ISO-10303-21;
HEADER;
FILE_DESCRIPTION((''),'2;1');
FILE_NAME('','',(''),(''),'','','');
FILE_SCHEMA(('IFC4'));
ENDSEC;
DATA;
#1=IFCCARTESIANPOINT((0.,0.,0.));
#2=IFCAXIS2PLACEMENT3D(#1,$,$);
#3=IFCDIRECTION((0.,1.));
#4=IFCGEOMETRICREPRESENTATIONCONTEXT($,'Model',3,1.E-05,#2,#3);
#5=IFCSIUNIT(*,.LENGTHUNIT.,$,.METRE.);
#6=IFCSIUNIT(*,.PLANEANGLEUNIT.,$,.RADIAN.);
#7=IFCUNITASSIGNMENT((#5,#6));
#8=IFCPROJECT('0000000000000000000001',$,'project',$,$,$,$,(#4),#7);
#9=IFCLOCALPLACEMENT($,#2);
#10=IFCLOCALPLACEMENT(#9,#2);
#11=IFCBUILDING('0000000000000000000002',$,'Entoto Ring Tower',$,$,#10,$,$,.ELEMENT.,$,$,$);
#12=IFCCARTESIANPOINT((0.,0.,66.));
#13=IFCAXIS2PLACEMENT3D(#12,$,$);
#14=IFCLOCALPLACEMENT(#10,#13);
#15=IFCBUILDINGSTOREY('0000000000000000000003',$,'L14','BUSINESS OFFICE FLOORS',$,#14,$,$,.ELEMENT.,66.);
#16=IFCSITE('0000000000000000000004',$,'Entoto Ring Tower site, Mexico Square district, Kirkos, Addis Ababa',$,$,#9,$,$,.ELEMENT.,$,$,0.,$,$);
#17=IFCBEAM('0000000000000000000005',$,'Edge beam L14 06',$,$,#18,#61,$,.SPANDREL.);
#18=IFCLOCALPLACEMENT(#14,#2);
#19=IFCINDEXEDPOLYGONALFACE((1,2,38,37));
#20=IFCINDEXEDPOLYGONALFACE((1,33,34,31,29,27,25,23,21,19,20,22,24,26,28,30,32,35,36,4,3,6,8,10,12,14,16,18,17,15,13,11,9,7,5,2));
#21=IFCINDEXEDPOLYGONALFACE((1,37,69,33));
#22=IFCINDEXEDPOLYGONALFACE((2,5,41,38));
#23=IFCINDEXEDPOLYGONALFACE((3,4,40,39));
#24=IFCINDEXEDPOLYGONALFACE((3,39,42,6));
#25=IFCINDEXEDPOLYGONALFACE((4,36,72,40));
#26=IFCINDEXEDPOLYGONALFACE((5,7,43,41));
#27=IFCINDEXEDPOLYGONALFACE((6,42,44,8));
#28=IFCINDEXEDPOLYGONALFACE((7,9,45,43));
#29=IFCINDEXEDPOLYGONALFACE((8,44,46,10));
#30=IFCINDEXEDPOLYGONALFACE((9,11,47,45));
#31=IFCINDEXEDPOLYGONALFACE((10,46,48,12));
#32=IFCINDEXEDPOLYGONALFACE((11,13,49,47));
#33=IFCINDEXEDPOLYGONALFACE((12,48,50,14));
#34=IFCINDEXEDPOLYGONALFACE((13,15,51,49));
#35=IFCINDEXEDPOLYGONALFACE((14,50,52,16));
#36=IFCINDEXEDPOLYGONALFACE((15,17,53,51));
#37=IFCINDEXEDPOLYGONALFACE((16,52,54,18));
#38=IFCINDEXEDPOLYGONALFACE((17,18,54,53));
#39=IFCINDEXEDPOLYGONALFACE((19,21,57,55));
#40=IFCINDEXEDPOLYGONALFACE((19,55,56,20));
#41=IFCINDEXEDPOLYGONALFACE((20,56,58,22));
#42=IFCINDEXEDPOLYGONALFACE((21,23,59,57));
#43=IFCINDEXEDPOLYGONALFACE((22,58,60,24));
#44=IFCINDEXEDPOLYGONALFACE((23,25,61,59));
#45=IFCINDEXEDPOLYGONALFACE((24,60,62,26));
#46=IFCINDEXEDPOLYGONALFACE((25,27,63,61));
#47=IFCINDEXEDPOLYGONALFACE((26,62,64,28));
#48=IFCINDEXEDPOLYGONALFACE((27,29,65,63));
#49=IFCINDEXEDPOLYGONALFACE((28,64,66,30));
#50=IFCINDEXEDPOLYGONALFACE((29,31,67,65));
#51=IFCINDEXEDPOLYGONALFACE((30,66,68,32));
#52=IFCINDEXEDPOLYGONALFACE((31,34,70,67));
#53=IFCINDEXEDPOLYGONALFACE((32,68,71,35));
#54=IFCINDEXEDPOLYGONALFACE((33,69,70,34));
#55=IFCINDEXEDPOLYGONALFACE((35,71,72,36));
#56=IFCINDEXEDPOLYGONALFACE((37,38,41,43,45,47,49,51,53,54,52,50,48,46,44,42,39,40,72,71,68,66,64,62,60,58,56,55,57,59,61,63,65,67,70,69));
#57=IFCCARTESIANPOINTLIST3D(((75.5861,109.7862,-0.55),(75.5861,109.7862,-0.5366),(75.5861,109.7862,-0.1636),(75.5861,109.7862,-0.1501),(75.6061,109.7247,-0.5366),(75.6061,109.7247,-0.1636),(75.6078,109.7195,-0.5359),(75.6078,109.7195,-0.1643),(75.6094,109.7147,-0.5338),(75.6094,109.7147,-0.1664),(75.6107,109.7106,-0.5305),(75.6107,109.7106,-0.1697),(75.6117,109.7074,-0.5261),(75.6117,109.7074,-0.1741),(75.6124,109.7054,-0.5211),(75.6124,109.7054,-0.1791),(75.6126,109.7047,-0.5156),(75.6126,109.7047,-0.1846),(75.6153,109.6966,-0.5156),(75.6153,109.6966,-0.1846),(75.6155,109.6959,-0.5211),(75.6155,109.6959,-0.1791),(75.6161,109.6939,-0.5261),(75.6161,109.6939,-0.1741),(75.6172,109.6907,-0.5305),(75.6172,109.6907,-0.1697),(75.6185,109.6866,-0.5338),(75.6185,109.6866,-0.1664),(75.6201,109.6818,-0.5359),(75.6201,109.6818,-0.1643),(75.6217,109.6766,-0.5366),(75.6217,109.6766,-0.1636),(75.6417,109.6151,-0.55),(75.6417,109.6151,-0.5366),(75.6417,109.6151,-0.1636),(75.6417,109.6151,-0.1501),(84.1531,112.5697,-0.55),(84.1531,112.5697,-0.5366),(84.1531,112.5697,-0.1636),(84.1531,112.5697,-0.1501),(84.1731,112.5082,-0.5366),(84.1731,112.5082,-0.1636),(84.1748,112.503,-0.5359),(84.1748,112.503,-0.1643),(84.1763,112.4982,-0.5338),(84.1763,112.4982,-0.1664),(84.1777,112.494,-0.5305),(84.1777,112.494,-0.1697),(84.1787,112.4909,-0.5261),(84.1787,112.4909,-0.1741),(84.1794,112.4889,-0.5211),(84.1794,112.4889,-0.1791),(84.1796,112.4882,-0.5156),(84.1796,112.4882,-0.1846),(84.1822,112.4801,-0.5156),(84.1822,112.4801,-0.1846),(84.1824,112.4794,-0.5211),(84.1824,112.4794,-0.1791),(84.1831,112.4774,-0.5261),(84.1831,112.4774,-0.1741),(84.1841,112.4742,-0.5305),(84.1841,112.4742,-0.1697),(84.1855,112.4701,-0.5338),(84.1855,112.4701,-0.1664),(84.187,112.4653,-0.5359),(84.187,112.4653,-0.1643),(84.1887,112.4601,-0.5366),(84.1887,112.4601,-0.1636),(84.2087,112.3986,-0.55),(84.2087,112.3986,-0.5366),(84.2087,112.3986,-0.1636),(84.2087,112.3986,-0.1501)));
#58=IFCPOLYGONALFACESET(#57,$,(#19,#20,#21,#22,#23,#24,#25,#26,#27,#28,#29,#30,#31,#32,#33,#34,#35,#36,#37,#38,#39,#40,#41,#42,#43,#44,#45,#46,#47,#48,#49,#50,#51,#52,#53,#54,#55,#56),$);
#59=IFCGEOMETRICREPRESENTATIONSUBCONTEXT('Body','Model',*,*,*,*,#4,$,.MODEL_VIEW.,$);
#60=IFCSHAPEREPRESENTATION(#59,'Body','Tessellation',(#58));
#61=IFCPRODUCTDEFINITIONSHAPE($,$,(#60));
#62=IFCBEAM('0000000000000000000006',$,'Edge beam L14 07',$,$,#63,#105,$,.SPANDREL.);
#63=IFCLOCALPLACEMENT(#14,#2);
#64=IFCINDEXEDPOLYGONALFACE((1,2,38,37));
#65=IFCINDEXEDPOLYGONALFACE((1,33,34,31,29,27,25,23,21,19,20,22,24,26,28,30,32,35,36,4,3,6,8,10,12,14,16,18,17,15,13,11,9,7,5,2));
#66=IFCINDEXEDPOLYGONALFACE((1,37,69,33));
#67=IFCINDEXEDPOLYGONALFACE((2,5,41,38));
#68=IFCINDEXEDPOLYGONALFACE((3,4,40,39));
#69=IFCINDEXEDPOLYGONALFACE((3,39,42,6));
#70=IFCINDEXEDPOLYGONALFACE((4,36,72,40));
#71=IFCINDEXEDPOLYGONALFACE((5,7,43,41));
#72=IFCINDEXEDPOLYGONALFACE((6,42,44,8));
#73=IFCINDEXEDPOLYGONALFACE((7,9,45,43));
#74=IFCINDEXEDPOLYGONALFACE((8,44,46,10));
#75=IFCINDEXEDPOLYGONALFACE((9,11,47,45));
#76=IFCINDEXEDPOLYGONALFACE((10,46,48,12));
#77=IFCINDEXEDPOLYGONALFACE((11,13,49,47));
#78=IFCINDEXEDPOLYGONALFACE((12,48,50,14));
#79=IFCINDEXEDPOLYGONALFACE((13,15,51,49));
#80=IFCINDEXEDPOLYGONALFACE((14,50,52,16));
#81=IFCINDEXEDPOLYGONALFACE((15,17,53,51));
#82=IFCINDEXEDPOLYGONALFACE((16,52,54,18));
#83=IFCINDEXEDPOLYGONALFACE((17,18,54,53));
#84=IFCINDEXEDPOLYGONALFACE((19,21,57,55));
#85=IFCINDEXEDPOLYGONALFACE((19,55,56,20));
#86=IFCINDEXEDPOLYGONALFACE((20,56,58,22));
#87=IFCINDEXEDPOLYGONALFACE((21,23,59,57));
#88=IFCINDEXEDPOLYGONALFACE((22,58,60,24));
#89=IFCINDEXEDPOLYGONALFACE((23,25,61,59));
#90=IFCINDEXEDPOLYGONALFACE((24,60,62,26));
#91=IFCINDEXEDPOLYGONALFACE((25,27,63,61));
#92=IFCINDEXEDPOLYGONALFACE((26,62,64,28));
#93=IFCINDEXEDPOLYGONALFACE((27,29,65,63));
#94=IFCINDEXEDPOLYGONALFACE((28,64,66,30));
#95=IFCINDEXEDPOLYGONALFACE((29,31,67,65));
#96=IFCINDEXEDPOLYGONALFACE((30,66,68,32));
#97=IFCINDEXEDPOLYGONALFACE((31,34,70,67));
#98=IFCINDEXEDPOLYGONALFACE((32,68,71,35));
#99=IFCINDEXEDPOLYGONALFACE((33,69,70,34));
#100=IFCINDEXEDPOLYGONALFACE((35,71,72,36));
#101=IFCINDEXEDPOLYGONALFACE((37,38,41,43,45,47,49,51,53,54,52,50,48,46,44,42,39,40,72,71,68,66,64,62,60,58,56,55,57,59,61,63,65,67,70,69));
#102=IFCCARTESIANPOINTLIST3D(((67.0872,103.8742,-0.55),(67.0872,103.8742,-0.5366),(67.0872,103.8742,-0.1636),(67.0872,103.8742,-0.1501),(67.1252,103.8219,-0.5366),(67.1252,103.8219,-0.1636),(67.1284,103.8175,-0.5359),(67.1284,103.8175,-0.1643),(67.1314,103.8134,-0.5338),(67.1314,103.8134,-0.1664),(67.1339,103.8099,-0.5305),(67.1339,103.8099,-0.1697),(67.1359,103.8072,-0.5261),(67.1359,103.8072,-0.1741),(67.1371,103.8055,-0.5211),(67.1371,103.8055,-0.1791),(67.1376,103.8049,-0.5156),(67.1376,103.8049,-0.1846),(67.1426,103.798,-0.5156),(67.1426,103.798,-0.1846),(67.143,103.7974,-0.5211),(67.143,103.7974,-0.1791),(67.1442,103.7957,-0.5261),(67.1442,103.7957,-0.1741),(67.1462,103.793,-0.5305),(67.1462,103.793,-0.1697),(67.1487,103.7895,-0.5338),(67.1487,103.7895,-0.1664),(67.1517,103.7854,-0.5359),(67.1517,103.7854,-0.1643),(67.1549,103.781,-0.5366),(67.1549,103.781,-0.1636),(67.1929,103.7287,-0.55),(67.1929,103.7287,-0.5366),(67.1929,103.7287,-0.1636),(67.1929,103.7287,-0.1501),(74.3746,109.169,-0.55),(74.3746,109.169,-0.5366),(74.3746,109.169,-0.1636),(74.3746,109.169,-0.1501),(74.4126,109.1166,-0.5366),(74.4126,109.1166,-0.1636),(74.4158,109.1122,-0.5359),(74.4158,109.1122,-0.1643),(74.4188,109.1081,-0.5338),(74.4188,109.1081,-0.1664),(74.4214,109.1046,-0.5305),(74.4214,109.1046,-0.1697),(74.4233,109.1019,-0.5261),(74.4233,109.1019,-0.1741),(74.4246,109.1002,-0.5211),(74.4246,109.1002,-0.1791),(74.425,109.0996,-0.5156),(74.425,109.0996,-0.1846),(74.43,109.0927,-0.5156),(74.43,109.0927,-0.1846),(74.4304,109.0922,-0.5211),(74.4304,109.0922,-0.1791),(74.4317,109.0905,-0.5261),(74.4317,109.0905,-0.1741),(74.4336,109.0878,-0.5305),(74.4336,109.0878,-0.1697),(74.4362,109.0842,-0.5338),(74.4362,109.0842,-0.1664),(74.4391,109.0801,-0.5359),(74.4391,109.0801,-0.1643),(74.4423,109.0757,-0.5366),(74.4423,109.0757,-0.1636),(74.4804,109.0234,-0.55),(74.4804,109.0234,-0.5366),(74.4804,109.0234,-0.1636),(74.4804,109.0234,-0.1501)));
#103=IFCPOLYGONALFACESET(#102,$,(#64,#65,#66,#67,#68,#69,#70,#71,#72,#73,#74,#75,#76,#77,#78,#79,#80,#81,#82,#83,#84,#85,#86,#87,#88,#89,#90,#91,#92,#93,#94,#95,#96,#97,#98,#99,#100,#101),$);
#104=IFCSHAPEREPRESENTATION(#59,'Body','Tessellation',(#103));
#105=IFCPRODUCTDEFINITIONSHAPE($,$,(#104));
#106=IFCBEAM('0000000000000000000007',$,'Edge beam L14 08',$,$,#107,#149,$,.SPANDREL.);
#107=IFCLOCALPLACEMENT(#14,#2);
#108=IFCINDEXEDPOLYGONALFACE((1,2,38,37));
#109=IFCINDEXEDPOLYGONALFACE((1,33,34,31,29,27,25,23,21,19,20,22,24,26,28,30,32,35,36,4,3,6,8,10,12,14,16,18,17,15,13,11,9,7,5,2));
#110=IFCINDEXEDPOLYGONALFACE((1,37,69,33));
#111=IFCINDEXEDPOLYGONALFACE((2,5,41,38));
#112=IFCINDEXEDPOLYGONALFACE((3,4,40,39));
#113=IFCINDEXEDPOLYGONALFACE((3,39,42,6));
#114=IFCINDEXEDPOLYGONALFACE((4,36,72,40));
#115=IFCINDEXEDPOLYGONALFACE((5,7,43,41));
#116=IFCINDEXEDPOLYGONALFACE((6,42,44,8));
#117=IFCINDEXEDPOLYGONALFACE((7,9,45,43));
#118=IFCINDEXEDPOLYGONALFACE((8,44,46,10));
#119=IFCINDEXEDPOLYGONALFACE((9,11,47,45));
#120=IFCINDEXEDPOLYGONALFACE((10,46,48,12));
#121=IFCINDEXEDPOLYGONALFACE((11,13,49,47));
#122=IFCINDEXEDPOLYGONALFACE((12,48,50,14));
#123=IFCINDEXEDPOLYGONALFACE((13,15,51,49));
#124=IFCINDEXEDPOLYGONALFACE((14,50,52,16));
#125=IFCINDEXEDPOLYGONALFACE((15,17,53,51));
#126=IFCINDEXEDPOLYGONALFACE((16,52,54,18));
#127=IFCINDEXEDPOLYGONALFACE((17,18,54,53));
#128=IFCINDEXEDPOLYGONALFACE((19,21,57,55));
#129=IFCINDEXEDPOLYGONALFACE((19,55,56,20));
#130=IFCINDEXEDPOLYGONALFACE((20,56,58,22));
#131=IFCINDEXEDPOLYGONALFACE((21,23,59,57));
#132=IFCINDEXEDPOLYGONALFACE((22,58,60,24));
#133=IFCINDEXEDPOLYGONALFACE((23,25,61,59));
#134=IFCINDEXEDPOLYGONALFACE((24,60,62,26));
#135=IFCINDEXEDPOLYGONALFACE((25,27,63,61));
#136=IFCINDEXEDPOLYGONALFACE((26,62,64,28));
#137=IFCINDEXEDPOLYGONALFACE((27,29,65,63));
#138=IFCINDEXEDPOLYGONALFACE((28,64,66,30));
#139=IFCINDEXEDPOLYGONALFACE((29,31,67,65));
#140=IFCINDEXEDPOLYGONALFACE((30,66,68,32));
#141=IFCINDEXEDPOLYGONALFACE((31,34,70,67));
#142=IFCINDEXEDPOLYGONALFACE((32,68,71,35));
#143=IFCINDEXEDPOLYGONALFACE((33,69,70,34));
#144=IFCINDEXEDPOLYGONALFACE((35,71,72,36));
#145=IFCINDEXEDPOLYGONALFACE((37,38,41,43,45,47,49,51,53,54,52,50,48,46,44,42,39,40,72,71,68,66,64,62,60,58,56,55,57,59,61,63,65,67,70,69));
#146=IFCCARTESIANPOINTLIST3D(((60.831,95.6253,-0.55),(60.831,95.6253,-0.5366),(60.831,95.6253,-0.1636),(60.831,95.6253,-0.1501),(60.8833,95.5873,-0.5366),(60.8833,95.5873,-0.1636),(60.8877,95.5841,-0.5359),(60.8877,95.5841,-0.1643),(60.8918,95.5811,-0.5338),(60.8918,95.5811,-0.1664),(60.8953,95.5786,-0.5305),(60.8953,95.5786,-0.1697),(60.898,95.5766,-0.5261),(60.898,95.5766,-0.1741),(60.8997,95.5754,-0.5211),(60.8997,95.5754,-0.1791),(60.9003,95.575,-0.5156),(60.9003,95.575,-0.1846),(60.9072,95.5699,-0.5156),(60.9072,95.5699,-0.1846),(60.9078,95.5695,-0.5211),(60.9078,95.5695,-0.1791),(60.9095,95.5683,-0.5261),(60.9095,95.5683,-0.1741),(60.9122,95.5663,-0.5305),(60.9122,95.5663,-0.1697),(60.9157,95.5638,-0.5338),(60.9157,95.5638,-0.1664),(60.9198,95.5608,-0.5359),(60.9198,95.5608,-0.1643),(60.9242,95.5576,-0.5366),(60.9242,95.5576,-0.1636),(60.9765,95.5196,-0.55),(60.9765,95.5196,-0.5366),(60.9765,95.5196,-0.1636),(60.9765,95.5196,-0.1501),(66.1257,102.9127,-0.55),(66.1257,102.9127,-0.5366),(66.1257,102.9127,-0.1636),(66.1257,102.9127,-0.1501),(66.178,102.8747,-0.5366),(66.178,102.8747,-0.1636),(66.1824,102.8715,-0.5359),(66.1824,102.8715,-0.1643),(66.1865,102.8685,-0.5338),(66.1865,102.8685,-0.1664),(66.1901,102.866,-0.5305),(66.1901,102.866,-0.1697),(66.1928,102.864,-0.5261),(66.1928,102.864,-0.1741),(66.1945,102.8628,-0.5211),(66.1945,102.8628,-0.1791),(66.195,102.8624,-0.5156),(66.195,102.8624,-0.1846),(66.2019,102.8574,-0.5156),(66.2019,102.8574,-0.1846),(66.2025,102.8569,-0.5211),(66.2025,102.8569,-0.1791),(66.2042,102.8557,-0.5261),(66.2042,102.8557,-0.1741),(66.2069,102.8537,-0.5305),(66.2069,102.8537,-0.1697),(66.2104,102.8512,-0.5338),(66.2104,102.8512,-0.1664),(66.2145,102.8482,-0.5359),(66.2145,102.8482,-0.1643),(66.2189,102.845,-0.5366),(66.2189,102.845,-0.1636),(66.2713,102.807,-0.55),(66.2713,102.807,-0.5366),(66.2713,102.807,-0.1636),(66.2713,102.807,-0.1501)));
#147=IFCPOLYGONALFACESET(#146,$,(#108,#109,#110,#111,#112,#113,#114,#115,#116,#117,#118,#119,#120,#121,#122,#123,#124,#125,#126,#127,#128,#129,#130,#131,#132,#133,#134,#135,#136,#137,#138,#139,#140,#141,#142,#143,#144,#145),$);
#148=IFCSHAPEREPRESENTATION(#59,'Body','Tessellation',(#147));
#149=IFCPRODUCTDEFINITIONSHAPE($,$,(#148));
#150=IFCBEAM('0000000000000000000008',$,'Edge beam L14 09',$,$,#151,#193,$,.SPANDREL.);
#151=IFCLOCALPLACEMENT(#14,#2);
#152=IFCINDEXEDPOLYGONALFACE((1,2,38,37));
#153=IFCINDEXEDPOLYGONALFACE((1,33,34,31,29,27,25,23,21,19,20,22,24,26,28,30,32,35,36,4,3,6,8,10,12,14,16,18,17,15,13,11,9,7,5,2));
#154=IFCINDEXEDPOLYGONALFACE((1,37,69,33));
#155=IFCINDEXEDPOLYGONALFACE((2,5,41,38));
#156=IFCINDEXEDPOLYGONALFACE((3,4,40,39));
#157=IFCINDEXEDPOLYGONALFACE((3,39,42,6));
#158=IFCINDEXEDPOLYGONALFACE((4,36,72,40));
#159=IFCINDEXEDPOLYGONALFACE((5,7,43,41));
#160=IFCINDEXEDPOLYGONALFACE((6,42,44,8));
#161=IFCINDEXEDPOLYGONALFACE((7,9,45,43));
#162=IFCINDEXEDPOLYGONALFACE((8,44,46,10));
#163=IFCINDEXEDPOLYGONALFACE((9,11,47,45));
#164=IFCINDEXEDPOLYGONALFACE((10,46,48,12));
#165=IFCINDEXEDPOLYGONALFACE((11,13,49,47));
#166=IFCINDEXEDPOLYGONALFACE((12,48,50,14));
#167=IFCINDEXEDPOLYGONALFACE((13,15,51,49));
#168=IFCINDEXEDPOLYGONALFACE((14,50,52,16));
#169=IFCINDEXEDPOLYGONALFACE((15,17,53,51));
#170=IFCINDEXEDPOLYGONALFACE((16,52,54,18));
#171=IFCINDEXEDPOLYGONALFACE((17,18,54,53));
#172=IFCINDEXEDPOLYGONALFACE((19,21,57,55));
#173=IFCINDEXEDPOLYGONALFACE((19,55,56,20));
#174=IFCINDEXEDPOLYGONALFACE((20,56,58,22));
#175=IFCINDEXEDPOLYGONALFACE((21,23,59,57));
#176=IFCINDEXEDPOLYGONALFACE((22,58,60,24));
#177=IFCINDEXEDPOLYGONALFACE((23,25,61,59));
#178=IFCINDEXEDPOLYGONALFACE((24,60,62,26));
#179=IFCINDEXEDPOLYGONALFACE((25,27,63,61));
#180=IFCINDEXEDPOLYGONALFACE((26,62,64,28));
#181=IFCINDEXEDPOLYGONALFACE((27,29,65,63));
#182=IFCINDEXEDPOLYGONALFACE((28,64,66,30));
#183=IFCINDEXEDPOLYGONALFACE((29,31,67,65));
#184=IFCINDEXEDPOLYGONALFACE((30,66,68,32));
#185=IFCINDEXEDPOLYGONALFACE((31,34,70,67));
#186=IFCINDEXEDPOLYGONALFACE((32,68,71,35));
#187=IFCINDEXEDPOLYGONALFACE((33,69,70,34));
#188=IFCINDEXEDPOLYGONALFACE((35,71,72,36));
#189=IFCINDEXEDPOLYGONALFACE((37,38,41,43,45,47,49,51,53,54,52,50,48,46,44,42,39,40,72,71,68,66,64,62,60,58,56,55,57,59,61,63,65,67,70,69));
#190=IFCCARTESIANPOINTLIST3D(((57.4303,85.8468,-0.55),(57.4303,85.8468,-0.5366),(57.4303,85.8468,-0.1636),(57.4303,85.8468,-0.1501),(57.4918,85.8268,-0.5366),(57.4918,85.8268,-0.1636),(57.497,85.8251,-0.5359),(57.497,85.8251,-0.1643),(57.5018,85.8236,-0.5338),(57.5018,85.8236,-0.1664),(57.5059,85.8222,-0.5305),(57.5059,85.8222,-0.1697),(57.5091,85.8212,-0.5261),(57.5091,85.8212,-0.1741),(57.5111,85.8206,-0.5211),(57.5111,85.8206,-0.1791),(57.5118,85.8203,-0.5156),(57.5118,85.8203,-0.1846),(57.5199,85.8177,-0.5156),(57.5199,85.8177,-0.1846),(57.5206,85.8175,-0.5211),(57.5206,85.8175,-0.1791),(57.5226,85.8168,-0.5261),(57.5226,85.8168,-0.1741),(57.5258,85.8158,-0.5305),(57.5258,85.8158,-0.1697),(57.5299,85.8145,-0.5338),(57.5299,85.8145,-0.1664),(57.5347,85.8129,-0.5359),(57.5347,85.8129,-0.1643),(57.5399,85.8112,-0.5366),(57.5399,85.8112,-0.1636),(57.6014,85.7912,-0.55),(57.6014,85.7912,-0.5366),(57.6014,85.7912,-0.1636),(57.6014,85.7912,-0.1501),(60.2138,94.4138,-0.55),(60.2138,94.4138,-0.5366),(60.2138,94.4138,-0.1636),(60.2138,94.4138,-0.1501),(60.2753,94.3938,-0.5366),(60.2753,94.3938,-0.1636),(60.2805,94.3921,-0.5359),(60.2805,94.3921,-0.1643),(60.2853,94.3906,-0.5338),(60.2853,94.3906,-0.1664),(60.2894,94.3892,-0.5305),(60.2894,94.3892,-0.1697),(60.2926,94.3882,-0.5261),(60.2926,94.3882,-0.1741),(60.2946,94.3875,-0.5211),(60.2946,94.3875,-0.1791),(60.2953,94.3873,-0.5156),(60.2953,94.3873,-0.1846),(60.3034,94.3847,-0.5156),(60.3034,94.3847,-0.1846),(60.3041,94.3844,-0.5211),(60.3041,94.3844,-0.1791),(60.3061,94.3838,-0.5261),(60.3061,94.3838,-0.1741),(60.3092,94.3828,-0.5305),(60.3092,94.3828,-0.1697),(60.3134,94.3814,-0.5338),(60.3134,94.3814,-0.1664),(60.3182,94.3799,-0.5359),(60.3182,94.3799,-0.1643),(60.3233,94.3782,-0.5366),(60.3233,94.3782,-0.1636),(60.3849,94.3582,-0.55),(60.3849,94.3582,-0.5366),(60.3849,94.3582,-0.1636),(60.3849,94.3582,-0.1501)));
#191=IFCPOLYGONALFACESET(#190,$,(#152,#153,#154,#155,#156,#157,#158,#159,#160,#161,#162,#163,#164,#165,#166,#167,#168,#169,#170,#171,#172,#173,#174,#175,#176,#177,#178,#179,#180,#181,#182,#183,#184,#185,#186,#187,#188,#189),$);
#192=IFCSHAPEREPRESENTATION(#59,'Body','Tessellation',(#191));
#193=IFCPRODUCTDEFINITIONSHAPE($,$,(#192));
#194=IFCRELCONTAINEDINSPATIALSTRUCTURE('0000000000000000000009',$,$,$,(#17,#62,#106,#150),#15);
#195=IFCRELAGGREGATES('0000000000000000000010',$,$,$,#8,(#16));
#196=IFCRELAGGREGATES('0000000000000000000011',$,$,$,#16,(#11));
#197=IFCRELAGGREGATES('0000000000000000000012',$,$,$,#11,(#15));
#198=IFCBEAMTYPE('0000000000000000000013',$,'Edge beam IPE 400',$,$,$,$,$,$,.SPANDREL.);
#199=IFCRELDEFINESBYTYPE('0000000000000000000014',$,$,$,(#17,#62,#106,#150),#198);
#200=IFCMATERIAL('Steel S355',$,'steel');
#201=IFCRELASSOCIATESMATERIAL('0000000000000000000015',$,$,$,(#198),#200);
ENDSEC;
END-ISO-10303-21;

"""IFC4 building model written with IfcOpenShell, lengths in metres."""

from ifc_helpers import new_model, si_unit, direction, frame, origin, origin_2d, place, context, subcontext, project, spatial, i_section, extrude, material, material_profile, profile_set, type_object, element, save


model = new_model("IFC4")

# Units and contexts
model_context = context("Model", 3, precision=1e-05, world=origin(), true_north=direction((0.0, 1.0)))
body_context = subcontext(model_context, "Body", "Model", "MODEL_VIEW")
ifc_project = project(units=[si_unit("LENGTHUNIT", "METRE"), si_unit("PLANEANGLEUNIT", "RADIAN")], contexts=[model_context])

# Site, building, storey
site_placement = place(None, origin())
site = spatial("IfcSite", under=ifc_project, at=site_placement, Name="Entoto Ring Tower site, Mexico Square district, Kirkos, Addis Ababa", CompositionType="ELEMENT", RefElevation=0.0)
building_placement = place(site_placement, origin())
building = spatial("IfcBuilding", under=site, at=building_placement, Name="Entoto Ring Tower", CompositionType="ELEMENT")
storey_placement = place(building_placement, frame((0.0, 0.0, 66.0)))
storey = spatial("IfcBuildingStorey", under=building, at=storey_placement, Name="L14", Description="BUSINESS OFFICE FLOORS", CompositionType="ELEMENT", Elevation=66.0)

# Beams
ifc_material_1 = material(Name="Steel S355", Category="steel")
ifc_material_profile_1 = material_profile(ifc_material_1, i_section(OverallWidth=0.1799, OverallDepth=0.3999, WebThickness=0.0085, FlangeThickness=0.0134, FilletRadius=0.021, at=origin_2d()), Name="IPE 400")
ifc_profile_set_1 = profile_set([ifc_material_profile_1], Name="Steel S355")
beam_type_1 = type_object("IfcBeamType", Name="Edge beam IPE 400", PredefinedType="SPANDREL", material=ifc_profile_set_1)
for number, where, z_axis, x_axis, name in (
    (1, (84.1809, 112.4841, -0.3501), (-0.95106, -0.309006, 0.0), (0.309006, -0.95106, 0.0), "Edge beam L14 06"),
    (2, (74.4275, 109.0962, -0.3501), (-0.809011, -0.587793, 0.0), (0.587793, -0.809011, 0.0), "Edge beam L14 07"),
    (3, (66.1985, 102.8599, -0.3501), (-0.587793, -0.809011, 0.0), (0.809011, -0.587793, 0.0), "Edge beam L14 08"),
    (4, (60.2993, 94.386, -0.3501), (-0.309006, -0.95106, 0.0), (0.95106, -0.309006, 0.0), "Edge beam L14 09"),
):
    element("IfcBeam", number, at=place(storey_placement, frame(where, z_axis=z_axis, x_axis=x_axis)), inside=storey, type_object=beam_type_1, Name=name, PredefinedType="SPANDREL", context=body_context, shape_type="SweptSolid", body=[
        extrude(i_section(OverallWidth=0.1799, OverallDepth=0.3999, WebThickness=0.0085, FlangeThickness=0.0134, FilletRadius=0.021, at=origin_2d()), origin(), (0.0, 0.0, 1.0), 9.0078),
    ])

save(model, "model.ifc")
